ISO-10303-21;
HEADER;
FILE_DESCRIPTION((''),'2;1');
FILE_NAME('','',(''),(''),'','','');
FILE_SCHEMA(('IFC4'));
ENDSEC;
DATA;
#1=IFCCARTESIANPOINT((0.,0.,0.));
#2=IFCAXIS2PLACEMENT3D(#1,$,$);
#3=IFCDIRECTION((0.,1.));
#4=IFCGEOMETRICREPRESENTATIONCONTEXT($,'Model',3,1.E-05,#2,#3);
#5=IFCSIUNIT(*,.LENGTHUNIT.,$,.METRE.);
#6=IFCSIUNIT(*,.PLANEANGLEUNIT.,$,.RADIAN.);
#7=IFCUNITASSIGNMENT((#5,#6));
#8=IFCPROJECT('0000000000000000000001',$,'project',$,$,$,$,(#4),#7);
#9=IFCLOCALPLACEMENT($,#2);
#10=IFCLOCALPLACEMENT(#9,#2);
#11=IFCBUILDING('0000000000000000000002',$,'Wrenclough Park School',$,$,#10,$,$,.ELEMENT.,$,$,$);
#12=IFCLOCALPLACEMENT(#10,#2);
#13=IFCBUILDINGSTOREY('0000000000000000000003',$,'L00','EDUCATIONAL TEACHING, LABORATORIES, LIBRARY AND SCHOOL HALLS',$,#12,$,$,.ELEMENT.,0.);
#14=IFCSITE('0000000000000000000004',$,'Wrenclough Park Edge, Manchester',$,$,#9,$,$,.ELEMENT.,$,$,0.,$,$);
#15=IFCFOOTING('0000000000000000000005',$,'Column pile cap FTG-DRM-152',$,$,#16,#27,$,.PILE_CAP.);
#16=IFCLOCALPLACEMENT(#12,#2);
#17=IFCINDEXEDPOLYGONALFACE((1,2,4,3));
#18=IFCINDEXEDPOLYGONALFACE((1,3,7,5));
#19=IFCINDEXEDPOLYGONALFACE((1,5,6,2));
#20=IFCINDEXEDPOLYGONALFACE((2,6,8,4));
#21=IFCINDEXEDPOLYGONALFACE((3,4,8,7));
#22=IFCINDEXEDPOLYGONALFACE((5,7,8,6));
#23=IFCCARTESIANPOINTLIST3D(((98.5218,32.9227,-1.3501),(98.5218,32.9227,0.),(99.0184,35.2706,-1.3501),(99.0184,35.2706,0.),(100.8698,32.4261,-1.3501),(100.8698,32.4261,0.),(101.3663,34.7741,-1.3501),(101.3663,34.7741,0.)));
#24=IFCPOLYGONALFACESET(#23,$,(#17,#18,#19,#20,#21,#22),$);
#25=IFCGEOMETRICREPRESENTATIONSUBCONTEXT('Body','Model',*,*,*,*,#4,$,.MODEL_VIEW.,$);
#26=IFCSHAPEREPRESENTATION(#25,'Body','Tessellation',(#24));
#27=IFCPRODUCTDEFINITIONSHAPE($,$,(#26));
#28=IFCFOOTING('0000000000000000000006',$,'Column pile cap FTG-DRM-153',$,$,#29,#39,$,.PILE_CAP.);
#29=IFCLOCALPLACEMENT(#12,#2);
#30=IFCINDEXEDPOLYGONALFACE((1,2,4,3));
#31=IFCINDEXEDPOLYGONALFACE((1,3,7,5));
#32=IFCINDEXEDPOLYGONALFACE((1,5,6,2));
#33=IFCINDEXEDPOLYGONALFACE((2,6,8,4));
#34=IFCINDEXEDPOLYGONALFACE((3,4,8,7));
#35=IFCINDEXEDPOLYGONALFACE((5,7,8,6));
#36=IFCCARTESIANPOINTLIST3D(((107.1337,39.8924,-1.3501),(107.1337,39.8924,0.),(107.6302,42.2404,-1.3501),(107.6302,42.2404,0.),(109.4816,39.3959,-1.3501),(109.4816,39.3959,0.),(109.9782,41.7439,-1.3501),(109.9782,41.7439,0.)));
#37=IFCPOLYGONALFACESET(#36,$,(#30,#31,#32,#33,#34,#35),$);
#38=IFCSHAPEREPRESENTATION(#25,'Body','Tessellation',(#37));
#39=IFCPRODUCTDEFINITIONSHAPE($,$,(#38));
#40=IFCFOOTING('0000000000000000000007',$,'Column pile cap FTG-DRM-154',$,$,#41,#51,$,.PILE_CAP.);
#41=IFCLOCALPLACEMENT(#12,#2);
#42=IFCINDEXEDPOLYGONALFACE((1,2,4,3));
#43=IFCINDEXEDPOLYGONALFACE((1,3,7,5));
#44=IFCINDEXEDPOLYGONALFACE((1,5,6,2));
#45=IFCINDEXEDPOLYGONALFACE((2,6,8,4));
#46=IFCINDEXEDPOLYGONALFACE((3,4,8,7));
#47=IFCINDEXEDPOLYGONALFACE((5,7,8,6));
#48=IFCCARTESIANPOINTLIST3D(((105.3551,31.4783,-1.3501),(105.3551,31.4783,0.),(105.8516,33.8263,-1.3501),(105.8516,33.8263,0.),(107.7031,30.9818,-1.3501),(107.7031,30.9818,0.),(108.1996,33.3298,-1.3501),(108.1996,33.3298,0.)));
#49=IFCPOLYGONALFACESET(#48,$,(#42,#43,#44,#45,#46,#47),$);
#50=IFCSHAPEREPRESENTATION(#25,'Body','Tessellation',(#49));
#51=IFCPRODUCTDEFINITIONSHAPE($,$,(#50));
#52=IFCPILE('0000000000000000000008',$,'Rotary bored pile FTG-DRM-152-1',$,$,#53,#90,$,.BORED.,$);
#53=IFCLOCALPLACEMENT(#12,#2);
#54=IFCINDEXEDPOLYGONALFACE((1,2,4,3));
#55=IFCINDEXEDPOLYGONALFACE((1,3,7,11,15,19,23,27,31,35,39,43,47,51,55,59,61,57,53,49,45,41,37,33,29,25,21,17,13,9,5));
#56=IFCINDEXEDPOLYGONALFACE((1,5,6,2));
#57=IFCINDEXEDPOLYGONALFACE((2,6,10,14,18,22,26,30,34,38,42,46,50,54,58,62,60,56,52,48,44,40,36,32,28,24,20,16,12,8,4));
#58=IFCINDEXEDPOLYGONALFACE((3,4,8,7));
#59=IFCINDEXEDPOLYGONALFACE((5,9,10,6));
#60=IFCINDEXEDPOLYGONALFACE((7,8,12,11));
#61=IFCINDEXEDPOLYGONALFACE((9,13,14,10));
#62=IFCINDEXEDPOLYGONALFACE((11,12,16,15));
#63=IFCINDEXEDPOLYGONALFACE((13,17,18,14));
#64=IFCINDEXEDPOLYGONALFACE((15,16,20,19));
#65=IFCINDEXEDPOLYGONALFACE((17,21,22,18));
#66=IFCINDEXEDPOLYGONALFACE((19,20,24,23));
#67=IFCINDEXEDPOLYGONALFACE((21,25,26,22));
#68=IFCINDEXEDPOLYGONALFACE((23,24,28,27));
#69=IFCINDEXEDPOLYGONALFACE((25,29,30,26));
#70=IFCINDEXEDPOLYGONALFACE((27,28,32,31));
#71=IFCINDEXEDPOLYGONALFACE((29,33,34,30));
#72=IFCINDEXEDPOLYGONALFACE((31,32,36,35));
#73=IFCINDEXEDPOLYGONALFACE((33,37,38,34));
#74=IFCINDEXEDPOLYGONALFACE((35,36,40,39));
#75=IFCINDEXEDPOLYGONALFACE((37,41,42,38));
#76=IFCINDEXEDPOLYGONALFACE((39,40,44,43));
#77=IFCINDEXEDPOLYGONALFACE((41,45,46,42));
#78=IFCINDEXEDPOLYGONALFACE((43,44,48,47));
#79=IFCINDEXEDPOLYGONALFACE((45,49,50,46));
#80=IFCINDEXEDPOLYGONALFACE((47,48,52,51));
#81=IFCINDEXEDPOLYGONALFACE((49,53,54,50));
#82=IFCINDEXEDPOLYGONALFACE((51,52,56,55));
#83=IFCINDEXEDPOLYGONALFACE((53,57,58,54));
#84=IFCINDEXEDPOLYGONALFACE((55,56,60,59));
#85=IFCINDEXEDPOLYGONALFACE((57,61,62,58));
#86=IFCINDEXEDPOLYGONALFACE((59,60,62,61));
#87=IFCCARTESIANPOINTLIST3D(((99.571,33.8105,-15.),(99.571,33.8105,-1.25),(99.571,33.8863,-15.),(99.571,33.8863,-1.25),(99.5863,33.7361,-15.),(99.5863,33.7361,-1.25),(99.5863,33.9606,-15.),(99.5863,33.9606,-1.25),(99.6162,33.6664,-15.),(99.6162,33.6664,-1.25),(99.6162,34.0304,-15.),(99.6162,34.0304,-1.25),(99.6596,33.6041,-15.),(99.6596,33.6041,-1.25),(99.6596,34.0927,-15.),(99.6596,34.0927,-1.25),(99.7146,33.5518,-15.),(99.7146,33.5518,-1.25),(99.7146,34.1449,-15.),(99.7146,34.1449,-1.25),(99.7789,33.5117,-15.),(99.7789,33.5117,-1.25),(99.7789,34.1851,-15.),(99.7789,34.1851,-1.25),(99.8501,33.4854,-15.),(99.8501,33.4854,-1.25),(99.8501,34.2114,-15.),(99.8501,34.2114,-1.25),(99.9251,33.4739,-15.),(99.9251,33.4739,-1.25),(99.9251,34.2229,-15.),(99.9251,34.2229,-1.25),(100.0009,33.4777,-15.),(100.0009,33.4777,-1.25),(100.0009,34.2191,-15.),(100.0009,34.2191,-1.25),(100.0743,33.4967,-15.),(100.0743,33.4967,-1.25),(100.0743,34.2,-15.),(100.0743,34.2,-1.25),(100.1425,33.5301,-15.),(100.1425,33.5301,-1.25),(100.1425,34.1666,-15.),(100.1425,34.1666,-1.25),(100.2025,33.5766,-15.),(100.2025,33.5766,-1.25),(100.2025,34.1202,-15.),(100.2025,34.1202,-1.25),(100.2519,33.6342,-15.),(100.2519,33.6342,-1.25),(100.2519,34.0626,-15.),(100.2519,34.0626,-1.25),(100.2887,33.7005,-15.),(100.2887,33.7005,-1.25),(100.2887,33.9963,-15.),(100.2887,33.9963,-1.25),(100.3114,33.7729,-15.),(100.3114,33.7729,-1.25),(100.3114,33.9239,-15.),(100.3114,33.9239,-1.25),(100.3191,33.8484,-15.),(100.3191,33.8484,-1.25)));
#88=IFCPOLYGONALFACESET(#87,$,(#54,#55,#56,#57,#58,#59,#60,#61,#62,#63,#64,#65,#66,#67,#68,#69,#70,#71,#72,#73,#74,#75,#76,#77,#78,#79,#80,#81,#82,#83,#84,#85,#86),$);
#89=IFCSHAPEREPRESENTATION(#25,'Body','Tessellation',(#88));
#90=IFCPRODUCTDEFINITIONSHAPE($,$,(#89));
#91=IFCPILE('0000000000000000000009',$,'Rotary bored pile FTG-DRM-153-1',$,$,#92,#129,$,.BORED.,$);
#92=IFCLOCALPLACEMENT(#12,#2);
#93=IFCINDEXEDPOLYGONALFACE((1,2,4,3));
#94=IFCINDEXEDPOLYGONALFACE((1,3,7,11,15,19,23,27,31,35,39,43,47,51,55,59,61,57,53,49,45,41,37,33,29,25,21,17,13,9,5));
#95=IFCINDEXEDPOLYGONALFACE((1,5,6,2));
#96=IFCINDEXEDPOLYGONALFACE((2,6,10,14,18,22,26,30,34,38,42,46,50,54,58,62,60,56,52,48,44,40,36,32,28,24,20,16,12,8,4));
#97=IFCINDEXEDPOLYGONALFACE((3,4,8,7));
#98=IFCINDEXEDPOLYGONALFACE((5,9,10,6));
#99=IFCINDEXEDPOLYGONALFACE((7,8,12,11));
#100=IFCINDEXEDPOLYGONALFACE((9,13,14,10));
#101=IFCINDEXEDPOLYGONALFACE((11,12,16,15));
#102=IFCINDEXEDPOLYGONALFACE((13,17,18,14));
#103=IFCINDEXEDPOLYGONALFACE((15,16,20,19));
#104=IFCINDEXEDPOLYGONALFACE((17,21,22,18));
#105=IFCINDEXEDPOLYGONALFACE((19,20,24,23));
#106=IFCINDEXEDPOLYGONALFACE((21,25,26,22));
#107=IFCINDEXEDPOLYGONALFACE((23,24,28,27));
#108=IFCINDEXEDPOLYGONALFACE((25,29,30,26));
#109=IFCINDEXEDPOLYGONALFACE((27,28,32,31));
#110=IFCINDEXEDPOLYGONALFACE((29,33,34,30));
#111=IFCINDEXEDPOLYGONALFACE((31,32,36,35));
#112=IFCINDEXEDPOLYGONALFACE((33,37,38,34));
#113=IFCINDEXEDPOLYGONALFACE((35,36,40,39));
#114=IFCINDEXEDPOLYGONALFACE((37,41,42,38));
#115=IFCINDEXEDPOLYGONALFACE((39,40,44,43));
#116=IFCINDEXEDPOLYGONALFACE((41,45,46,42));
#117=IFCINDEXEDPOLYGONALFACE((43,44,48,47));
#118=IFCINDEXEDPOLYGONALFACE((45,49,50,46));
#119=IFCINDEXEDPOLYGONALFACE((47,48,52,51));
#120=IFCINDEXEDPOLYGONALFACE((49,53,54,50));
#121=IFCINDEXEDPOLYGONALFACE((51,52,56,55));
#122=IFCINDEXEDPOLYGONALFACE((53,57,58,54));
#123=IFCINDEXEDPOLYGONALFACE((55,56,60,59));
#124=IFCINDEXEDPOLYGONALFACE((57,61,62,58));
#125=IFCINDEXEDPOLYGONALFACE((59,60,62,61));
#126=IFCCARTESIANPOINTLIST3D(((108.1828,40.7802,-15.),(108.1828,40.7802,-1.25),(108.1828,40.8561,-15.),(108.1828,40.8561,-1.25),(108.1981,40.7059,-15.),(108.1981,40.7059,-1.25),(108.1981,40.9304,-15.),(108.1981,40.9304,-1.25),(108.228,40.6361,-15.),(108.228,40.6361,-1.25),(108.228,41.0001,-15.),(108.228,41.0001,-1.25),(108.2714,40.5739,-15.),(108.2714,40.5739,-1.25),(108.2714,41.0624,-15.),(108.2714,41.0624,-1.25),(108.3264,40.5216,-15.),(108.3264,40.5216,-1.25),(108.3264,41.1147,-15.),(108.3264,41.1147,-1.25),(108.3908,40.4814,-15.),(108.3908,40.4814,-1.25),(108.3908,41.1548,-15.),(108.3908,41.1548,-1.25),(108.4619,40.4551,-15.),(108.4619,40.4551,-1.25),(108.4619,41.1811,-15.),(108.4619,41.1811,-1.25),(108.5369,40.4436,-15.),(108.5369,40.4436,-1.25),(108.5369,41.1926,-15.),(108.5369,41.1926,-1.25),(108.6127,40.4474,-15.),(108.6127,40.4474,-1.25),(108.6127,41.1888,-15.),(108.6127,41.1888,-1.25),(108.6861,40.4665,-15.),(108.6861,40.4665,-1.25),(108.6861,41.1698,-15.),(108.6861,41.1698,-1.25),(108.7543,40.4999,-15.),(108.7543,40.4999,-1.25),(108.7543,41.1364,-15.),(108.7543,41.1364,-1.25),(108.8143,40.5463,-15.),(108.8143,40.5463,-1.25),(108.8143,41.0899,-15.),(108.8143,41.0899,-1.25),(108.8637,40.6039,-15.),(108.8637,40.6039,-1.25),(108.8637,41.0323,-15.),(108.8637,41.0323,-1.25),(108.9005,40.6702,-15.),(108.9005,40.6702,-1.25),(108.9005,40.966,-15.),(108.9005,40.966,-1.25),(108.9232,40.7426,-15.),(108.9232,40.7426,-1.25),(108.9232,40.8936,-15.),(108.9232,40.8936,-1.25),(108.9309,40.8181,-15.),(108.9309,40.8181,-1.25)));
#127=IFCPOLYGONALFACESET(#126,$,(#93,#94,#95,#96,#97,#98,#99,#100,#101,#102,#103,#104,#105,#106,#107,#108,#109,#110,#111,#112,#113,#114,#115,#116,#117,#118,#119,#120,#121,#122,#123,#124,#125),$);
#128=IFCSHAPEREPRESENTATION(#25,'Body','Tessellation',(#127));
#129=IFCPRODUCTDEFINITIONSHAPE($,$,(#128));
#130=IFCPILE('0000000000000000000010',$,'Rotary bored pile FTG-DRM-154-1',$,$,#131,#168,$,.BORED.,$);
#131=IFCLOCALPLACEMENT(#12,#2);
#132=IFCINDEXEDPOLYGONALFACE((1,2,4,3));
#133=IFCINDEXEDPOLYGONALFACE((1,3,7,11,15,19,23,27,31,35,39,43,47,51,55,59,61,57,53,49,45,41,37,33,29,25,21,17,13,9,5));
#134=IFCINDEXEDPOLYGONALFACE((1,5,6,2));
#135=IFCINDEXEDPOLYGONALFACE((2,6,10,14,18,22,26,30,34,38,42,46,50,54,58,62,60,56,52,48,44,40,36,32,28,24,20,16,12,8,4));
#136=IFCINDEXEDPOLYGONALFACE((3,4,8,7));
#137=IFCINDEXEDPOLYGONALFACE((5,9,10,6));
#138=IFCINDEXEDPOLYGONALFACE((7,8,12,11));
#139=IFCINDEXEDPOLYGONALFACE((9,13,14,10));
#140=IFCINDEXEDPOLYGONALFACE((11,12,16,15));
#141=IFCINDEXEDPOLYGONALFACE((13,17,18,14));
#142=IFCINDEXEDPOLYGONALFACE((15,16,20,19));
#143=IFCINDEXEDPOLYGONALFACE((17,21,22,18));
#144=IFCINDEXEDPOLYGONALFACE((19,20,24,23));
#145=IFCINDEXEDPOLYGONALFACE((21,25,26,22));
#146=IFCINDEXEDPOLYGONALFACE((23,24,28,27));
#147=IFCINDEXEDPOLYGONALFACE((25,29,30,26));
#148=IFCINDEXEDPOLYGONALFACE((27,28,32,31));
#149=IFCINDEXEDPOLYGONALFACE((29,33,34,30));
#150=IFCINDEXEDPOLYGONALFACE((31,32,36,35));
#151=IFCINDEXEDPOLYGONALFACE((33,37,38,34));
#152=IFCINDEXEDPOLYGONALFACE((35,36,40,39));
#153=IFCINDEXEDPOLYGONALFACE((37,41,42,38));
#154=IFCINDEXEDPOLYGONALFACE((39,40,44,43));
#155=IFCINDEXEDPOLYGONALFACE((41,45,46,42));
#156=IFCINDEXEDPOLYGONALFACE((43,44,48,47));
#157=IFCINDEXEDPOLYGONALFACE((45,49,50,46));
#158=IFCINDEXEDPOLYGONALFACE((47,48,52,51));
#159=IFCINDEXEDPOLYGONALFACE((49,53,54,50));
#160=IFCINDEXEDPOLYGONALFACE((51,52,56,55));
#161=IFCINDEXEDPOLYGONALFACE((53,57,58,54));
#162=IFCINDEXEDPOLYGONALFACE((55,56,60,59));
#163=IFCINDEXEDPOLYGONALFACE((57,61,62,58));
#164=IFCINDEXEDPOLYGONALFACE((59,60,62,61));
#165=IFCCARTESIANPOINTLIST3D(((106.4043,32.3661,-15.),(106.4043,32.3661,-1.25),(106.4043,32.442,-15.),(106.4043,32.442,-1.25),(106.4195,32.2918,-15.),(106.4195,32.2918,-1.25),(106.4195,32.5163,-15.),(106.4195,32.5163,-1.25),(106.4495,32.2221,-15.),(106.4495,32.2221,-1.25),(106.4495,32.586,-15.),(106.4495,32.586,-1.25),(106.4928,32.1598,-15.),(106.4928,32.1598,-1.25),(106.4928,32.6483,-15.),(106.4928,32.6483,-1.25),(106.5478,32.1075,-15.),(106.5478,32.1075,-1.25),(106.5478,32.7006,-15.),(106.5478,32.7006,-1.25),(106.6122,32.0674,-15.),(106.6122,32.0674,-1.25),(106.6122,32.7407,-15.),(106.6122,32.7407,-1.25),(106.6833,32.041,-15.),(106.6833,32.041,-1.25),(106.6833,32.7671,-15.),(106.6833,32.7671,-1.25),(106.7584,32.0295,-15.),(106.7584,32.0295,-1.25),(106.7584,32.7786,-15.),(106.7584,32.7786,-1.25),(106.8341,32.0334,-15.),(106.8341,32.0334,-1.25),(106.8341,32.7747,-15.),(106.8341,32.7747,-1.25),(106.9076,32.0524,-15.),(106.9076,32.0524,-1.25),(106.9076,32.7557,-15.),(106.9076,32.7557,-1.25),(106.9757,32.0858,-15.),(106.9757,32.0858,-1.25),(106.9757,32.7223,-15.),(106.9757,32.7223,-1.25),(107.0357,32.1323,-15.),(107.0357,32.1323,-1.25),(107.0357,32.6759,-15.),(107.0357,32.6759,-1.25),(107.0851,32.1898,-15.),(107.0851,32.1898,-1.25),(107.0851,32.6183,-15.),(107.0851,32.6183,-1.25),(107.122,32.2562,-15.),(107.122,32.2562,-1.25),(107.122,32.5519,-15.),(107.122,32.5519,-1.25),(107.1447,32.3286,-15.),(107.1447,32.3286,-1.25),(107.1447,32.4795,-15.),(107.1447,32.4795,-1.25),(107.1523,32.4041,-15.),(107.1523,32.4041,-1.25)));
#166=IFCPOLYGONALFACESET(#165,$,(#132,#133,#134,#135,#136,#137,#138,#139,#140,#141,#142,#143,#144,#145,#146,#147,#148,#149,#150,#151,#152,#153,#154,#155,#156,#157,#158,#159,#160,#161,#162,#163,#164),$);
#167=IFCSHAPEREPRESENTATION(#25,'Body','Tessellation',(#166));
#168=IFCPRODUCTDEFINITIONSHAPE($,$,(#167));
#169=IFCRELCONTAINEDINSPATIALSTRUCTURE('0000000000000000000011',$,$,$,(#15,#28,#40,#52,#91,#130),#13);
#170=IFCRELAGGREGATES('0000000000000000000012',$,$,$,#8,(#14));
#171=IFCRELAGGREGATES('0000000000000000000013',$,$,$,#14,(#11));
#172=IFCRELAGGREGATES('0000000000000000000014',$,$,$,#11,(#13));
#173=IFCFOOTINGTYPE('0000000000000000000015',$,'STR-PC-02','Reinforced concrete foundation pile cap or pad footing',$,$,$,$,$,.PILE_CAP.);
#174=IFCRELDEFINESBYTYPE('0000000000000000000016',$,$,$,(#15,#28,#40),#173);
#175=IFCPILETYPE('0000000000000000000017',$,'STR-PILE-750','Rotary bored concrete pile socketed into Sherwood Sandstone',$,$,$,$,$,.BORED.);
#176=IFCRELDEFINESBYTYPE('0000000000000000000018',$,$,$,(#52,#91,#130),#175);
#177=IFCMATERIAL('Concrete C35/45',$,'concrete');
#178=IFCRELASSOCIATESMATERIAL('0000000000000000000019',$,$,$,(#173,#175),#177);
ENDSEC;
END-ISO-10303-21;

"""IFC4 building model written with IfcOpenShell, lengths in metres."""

from ifc_helpers import new_model, si_unit, direction, frame, origin, origin_2d, place, context, subcontext, project, spatial, rectangle, circle, extrude, material, material_profile, profile_set, type_object, element, save


model = new_model("IFC4")

# Units and contexts
model_context = context("Model", 3, precision=1e-05, world=origin(), true_north=direction((0.0, 1.0)))
body_context = subcontext(model_context, "Body", "Model", "MODEL_VIEW")
ifc_project = project(units=[si_unit("LENGTHUNIT", "METRE"), si_unit("PLANEANGLEUNIT", "RADIAN")], contexts=[model_context])

# Site, building, storey
site_placement = place(None, origin())
site = spatial("IfcSite", under=ifc_project, at=site_placement, Name="Wrenclough Park Edge, Manchester", CompositionType="ELEMENT", RefElevation=0.0)
building_placement = place(site_placement, origin())
building = spatial("IfcBuilding", under=site, at=building_placement, Name="Wrenclough Park School", CompositionType="ELEMENT")
storey_placement = place(building_placement, origin())
storey = spatial("IfcBuildingStorey", under=building, at=storey_placement, Name="L00", Description="EDUCATIONAL TEACHING, LABORATORIES, LIBRARY AND SCHOOL HALLS", CompositionType="ELEMENT", Elevation=0.0)

# Footings
ifc_material_1 = material(Name="Concrete C35/45", Category="concrete")
footing_type = type_object("IfcFootingType", Name="STR-PC-02", Description="Reinforced concrete foundation pile cap or pad footing", PredefinedType="PILE_CAP", material=ifc_material_1)
for number, where, z_axis, x_axis, name in (
    (1, (99.9441, 33.8484, -1.3501), (0.0, 0.0, 1.0), (0.978365, -0.206887, 0.0), "Column pile cap FTG-DRM-152"),
    (2, (108.5559, 40.8181, -1.3501), (0.0, 0.0, 1.0), (0.978365, -0.206887, 0.0), "Column pile cap FTG-DRM-153"),
    (3, (106.7773, 32.4041, -1.3501), (0.0, 0.0, 1.0), (0.978365, -0.206887, 0.0), "Column pile cap FTG-DRM-154"),
):
    element("IfcFooting", number, at=place(storey_placement, frame(where, z_axis=z_axis, x_axis=x_axis)), inside=storey, type_object=footing_type, Name=name, PredefinedType="PILE_CAP", context=body_context, shape_type="SweptSolid", body=[
        extrude(rectangle(XDim=2.3999, YDim=2.3999, at=origin_2d()), origin(), (0.0, 0.0, 1.0), 1.3501),
    ])

# Piles
ifc_material_profile_1 = material_profile(ifc_material_1, circle(Radius=0.375, at=origin_2d()), Name="BORED PILE D750")
ifc_profile_set_1 = profile_set([ifc_material_profile_1], Name="Concrete C35/45")
pile_type = type_object("IfcPileType", Name="STR-PILE-750", Description="Rotary bored concrete pile socketed into Sherwood Sandstone", PredefinedType="BORED", material=ifc_profile_set_1)
for number, where, z_axis, x_axis, name in (
    (4, (99.9441, 33.8484, -1.25), (0.0, 0.0, -1.0), (1.0, 0.0, 0.0), "Rotary bored pile FTG-DRM-152-1"),
    (5, (108.5559, 40.8181, -1.25), (0.0, 0.0, -1.0), (1.0, 0.0, 0.0), "Rotary bored pile FTG-DRM-153-1"),
    (6, (106.7773, 32.4041, -1.25), (0.0, 0.0, -1.0), (1.0, 0.0, 0.0), "Rotary bored pile FTG-DRM-154-1"),
):
    element("IfcPile", number, at=place(storey_placement, frame(where, z_axis=z_axis, x_axis=x_axis)), inside=storey, type_object=pile_type, Name=name, PredefinedType="BORED", context=body_context, shape_type="SweptSolid", body=[
        extrude(circle(Radius=0.375, at=origin_2d()), origin(), (0.0, 0.0, 1.0), 13.75),
    ])

save(model, "model.ifc")
